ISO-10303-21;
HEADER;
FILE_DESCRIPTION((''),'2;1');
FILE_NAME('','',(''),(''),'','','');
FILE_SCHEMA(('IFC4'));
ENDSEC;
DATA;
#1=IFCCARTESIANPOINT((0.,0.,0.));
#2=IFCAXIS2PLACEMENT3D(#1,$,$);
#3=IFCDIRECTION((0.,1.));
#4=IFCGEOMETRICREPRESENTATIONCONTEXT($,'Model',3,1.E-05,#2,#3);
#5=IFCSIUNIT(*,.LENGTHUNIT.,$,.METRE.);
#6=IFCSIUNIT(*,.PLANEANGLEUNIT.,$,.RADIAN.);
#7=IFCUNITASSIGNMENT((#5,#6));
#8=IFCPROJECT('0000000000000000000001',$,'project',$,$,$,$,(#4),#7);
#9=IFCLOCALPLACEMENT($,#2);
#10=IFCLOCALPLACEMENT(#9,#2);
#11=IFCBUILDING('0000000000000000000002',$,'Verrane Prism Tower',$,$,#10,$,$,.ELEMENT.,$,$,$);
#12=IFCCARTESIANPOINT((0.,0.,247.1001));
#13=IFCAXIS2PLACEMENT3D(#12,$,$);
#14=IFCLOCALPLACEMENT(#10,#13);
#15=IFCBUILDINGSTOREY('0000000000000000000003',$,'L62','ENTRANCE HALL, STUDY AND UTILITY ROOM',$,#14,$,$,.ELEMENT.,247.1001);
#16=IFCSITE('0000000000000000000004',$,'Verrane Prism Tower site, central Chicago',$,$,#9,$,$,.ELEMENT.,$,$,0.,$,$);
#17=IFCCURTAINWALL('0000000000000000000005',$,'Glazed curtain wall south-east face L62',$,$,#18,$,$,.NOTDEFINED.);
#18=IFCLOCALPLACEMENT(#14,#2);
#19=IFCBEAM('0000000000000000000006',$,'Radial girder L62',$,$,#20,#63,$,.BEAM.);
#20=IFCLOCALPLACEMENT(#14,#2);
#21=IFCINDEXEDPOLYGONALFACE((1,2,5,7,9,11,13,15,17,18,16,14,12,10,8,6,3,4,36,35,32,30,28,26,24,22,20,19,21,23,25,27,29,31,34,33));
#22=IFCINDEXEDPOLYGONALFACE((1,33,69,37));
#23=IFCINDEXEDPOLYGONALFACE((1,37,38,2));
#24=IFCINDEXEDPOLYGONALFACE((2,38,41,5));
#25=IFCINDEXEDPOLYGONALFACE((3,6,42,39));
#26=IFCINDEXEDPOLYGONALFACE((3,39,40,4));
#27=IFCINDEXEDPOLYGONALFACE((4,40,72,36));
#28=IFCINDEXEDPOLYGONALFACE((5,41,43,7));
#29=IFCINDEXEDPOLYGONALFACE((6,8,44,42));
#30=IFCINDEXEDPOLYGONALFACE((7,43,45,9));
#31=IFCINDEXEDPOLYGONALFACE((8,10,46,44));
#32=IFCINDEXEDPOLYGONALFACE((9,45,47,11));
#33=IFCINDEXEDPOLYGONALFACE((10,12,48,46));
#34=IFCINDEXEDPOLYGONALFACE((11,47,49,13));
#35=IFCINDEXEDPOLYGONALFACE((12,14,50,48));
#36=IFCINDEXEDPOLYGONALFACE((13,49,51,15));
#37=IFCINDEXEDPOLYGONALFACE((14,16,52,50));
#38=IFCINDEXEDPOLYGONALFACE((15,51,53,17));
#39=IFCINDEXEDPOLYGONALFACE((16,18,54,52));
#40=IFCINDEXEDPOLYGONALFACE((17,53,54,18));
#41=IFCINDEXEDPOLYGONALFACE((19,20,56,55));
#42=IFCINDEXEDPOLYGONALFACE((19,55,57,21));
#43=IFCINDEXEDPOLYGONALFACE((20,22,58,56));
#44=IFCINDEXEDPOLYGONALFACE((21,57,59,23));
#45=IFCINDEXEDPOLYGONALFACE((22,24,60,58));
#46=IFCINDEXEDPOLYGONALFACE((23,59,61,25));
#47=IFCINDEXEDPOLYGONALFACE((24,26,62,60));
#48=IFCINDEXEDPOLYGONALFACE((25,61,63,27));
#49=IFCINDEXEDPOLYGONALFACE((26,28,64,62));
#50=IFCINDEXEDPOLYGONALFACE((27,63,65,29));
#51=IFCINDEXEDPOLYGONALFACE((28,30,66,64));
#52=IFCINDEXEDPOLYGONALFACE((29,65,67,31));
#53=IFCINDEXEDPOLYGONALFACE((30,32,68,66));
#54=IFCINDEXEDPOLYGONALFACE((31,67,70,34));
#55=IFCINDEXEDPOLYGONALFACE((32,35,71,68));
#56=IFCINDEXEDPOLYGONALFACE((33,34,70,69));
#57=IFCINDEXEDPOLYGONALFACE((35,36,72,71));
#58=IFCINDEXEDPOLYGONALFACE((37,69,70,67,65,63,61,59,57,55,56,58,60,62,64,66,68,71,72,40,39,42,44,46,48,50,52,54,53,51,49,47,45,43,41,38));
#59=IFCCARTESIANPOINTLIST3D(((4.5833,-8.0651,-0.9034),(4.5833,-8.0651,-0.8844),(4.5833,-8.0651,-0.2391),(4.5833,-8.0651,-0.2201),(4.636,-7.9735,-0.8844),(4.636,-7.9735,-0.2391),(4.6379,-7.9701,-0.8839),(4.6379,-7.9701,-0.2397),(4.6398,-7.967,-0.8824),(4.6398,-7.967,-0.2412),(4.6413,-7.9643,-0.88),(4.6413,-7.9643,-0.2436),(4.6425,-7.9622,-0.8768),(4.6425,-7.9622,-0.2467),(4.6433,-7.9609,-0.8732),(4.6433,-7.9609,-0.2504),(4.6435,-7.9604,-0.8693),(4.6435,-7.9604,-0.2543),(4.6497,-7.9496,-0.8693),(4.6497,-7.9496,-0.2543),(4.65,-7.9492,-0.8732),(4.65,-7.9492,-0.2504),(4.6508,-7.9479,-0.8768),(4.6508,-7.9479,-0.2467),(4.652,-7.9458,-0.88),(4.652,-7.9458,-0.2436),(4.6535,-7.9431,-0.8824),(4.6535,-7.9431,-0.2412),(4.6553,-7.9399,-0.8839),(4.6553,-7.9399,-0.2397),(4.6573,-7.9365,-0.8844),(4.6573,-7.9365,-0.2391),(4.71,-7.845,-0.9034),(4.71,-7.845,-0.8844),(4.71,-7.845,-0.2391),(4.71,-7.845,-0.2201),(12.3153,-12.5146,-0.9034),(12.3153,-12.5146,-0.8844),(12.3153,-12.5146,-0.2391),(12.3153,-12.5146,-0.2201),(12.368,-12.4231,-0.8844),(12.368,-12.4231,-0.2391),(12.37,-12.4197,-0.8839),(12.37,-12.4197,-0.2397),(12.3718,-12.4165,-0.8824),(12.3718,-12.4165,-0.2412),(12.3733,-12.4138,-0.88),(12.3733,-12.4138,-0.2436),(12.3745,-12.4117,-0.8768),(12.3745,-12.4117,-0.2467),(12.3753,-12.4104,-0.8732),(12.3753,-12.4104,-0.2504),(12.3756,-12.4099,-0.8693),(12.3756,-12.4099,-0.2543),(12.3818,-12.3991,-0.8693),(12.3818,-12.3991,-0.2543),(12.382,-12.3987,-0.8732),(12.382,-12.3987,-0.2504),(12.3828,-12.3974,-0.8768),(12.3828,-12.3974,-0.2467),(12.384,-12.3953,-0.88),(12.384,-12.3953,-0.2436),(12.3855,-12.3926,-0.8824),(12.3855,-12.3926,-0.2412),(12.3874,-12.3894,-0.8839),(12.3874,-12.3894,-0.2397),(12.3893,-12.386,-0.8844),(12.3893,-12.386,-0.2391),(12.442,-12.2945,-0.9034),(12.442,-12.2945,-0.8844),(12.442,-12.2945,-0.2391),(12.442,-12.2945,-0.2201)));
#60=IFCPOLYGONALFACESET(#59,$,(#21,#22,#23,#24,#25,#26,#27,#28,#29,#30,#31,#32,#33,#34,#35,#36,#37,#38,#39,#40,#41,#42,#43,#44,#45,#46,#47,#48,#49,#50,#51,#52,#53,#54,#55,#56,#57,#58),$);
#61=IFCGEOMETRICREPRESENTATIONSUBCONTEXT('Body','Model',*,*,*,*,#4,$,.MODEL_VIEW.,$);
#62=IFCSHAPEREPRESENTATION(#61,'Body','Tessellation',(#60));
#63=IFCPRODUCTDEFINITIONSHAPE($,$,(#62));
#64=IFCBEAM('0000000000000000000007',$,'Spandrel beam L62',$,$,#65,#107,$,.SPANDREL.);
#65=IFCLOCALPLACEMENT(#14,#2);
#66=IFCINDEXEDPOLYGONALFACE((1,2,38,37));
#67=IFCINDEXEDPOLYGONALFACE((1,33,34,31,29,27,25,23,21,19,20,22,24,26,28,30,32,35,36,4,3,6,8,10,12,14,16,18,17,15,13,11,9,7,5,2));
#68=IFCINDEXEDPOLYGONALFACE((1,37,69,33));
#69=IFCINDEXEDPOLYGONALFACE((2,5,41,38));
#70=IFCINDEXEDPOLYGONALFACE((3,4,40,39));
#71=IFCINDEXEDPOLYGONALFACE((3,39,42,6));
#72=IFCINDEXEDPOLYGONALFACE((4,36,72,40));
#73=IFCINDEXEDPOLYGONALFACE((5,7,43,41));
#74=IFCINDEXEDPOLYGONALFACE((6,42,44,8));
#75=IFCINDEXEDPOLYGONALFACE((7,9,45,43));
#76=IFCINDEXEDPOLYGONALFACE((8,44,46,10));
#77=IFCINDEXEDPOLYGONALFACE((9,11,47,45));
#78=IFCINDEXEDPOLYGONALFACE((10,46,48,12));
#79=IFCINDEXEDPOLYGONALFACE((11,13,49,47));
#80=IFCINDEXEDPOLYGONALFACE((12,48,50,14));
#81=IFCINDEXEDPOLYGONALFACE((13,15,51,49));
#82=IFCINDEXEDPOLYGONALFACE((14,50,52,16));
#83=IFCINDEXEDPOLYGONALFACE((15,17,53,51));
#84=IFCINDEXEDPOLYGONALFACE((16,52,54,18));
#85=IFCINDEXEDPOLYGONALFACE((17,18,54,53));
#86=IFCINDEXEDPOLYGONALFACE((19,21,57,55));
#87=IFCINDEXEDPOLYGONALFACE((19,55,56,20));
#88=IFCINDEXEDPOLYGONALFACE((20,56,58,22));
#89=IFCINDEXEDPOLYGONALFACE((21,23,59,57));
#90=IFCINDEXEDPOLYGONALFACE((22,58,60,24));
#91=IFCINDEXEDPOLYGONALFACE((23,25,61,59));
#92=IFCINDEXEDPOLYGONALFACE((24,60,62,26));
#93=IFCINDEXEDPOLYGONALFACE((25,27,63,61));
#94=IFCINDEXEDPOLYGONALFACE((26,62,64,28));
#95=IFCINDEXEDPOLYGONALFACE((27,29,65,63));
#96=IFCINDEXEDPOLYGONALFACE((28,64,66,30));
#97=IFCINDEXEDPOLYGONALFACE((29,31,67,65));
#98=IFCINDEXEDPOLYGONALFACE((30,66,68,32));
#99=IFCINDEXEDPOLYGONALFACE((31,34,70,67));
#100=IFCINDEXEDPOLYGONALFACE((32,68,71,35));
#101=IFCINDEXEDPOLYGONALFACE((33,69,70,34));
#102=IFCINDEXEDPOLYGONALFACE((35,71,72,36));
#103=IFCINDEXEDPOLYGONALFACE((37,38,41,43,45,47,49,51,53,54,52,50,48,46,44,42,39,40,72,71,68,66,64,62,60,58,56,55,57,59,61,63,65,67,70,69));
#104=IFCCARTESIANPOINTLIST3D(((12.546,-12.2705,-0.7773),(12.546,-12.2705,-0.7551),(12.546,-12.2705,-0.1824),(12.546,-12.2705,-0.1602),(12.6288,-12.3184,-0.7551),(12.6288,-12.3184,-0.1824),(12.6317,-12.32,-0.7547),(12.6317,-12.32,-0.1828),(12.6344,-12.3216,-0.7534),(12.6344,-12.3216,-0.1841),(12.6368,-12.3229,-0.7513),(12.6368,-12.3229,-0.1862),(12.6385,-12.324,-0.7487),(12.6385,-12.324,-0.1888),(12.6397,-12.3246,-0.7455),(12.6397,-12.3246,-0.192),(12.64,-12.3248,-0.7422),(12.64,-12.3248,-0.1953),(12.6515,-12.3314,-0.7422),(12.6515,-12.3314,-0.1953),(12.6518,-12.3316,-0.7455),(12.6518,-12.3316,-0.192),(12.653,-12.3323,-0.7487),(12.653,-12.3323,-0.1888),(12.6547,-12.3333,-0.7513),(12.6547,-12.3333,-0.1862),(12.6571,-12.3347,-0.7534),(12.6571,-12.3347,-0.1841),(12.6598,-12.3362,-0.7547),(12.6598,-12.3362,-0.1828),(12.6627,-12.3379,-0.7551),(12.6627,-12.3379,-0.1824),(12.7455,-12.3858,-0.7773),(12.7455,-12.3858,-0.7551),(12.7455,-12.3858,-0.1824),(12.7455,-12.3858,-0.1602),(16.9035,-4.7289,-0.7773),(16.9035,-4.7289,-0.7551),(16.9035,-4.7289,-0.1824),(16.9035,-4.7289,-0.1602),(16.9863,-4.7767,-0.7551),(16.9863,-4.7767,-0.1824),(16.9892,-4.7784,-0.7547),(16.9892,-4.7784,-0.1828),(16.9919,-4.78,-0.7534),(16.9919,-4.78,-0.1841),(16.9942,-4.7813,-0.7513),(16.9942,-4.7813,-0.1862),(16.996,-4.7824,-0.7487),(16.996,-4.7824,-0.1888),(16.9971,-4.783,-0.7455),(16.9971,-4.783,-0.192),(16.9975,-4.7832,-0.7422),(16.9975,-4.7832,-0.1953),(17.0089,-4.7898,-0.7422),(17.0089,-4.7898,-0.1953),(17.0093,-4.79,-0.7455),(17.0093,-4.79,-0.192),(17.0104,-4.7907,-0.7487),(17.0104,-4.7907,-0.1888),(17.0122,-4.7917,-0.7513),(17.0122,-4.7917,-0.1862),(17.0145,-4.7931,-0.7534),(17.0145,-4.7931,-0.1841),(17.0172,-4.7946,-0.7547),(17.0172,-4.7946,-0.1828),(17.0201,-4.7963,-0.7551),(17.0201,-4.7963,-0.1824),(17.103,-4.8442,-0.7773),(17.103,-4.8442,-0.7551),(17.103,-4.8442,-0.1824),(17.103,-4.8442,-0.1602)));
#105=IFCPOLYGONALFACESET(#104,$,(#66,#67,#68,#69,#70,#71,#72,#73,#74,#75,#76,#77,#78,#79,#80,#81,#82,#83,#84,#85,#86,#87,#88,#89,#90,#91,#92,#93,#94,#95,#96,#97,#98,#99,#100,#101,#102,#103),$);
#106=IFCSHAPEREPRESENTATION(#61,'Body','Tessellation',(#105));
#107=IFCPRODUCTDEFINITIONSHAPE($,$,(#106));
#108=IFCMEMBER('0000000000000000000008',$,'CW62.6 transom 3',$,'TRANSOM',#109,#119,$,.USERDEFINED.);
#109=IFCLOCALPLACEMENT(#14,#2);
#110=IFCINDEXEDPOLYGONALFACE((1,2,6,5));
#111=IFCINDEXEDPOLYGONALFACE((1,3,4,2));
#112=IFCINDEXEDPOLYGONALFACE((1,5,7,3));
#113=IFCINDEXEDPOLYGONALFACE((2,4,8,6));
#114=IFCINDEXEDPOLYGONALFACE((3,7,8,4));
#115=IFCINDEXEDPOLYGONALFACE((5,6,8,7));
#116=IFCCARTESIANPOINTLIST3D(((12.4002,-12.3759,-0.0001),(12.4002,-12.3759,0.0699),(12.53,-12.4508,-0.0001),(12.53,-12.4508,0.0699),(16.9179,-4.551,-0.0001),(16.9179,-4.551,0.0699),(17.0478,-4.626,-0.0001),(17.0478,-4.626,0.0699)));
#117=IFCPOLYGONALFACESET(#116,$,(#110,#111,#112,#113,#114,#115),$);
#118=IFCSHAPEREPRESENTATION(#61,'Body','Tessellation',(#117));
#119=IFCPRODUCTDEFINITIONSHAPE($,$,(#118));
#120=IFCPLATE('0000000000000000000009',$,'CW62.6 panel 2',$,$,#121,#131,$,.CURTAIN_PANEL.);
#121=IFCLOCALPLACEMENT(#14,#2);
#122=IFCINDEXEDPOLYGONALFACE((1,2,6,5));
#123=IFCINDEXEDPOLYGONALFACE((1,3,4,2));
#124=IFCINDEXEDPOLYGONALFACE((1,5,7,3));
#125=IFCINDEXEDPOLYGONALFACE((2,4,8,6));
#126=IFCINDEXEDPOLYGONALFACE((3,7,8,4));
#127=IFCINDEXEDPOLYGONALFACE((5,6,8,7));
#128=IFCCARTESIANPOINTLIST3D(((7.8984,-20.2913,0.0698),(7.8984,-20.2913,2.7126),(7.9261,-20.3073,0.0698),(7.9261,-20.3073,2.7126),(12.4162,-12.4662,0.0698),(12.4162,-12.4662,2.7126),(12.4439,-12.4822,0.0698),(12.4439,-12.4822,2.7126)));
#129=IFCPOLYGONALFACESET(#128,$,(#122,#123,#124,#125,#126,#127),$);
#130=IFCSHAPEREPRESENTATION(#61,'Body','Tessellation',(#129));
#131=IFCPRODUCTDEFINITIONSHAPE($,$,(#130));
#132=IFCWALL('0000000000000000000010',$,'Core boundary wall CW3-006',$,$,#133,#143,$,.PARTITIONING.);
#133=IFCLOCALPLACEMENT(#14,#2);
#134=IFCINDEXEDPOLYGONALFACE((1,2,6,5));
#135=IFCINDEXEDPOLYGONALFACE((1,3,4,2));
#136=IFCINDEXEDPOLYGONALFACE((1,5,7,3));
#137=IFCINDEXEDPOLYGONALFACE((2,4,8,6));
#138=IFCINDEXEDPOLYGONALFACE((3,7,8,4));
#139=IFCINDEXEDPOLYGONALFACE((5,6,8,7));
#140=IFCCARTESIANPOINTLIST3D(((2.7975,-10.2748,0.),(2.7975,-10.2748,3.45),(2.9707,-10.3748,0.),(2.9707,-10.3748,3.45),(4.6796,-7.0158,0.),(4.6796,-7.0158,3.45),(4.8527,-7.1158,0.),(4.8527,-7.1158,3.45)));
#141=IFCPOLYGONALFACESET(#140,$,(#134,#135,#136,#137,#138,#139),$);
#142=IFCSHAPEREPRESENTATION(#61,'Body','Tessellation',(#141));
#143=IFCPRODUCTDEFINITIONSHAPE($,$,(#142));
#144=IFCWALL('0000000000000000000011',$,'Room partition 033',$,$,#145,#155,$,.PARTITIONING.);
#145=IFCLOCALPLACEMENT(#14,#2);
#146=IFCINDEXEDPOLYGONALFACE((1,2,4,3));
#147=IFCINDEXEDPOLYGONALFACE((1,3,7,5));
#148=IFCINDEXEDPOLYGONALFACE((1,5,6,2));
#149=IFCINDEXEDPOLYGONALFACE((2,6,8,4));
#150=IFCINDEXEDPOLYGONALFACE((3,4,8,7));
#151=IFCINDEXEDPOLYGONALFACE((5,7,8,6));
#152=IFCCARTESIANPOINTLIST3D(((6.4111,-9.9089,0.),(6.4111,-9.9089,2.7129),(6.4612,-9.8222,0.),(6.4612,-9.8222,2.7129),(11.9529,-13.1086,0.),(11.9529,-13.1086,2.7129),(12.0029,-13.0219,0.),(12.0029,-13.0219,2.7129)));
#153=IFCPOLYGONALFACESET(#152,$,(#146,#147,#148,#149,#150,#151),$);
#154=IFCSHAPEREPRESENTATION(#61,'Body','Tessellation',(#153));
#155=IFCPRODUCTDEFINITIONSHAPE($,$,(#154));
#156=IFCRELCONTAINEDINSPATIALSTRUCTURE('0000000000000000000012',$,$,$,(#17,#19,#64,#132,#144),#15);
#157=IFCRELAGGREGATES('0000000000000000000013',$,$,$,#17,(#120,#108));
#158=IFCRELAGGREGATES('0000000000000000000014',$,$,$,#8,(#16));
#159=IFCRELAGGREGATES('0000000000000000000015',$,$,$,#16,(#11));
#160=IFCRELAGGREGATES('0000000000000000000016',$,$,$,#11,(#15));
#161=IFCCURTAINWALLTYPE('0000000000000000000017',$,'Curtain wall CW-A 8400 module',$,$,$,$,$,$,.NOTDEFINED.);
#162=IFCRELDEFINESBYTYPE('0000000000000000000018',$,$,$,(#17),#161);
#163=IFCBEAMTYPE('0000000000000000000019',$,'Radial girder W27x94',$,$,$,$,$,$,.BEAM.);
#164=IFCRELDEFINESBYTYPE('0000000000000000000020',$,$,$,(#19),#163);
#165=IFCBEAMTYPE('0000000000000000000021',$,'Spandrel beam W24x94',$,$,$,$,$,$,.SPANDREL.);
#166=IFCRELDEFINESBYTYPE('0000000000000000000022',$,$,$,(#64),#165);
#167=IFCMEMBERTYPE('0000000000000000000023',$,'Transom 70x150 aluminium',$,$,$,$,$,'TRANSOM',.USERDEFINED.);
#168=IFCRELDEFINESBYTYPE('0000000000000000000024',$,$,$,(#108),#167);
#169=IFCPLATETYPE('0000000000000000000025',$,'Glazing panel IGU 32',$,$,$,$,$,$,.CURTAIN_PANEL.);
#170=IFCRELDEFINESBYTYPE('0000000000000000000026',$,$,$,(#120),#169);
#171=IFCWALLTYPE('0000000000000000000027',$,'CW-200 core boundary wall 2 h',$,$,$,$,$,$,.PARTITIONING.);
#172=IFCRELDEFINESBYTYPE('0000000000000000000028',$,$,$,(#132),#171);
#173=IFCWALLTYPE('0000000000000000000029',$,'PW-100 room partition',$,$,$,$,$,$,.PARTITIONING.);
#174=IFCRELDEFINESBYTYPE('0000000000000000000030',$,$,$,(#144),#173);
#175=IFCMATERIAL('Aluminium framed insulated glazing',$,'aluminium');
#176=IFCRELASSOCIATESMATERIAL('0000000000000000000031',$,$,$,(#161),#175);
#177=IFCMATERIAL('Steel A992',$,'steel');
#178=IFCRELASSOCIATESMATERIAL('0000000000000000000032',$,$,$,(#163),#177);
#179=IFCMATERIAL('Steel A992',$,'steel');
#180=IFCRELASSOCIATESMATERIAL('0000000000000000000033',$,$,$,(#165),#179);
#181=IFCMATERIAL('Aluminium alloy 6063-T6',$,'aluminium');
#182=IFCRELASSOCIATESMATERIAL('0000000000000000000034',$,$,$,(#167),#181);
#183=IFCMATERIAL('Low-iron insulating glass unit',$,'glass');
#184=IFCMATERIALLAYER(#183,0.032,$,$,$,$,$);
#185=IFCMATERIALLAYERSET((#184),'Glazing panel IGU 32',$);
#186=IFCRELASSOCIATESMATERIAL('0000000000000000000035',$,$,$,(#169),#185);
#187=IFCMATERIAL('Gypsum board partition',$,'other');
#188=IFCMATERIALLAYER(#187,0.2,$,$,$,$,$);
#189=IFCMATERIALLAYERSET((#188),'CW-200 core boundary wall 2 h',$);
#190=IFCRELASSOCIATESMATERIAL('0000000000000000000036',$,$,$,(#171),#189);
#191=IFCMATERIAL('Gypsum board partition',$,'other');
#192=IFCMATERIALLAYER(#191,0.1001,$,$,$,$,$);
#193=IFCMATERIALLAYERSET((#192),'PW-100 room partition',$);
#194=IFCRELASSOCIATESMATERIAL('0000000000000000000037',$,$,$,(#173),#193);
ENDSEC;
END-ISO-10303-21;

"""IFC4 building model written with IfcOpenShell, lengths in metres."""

from ifc_helpers import new_model, si_unit, direction, frame, frame_2d, origin, origin_2d, place, context, subcontext, project, spatial, rectangle, i_section, extrude, material, layer, layer_set, material_profile, profile_set, type_object, element, aggregate, save


model = new_model("IFC4")

# Units and contexts
model_context = context("Model", 3, precision=1e-05, world=origin(), true_north=direction((0.0, 1.0)))
body_context = subcontext(model_context, "Body", "Model", "MODEL_VIEW")
ifc_project = project(units=[si_unit("LENGTHUNIT", "METRE"), si_unit("PLANEANGLEUNIT", "RADIAN")], contexts=[model_context])

# Site, building, storey
site_placement = place(None, origin())
site = spatial("IfcSite", under=ifc_project, at=site_placement, Name="Verrane Prism Tower site, central Chicago", CompositionType="ELEMENT", RefElevation=0.0)
building_placement = place(site_placement, origin())
building = spatial("IfcBuilding", under=site, at=building_placement, Name="Verrane Prism Tower", CompositionType="ELEMENT")
storey_placement = place(building_placement, frame((0.0, 0.0, 247.1001)))
storey = spatial("IfcBuildingStorey", under=building, at=storey_placement, Name="L62", Description="ENTRANCE HALL, STUDY AND UTILITY ROOM", CompositionType="ELEMENT", Elevation=247.1001)

# Curtain wall
ifc_material_1 = material(Name="Aluminium framed insulated glazing", Category="aluminium")
curtain_wall_type = type_object("IfcCurtainWallType", Name="Curtain wall CW-A 8400 module", PredefinedType="NOTDEFINED", material=ifc_material_1)
curtain_wall_placement = place(storey_placement, origin())
curtain_wall = element("IfcCurtainWall", 1, at=curtain_wall_placement, inside=storey, type_object=curtain_wall_type, Name="Glazed curtain wall south-east face L62", PredefinedType="NOTDEFINED")

# Beams
ifc_material_2 = material(Name="Steel A992", Category="steel")
ifc_material_profile_1 = material_profile(ifc_material_2, i_section(OverallWidth=0.2539, OverallDepth=0.6833, WebThickness=0.0125, FlangeThickness=0.019, FilletRadius=0.0151, at=origin_2d()), Name="W27x94")
ifc_profile_set_1 = profile_set([ifc_material_profile_1], Name="Steel A992")
beam_type_1 = type_object("IfcBeamType", Name="Radial girder W27x94", PredefinedType="BEAM", material=ifc_profile_set_1)
beam_1_placement = place(storey_placement, frame((12.3787, -12.4045, -0.5618), z_axis=(-0.866732, 0.498774, 0.0), x_axis=(-0.498774, -0.866732, 0.0)))
element("IfcBeam", 2, at=beam_1_placement, inside=storey, type_object=beam_type_1, Name="Radial girder L62", PredefinedType="BEAM", context=body_context, shape_type="SweptSolid", body=[
    extrude(i_section(OverallWidth=0.2539, OverallDepth=0.6833, WebThickness=0.0125, FlangeThickness=0.019, FilletRadius=0.0151, at=origin_2d()), origin(), (0.0, 0.0, 1.0), 8.9209),
])
ifc_material_3 = material(Name="Steel A992", Category="steel")
ifc_material_profile_2 = material_profile(ifc_material_3, i_section(OverallWidth=0.2305, OverallDepth=0.6172, WebThickness=0.0132, FlangeThickness=0.0222, FilletRadius=0.0129, at=origin_2d()), Name="W24x94")
ifc_profile_set_2 = profile_set([ifc_material_profile_2], Name="Steel A992")
beam_type_2 = type_object("IfcBeamType", Name="Spandrel beam W24x94", PredefinedType="SPANDREL", material=ifc_profile_set_2)
beam_2_placement = place(storey_placement, frame((12.6458, -12.3281, -0.4688), z_axis=(0.500287, 0.86586, 0.0), x_axis=(-0.86586, 0.500287, 0.0)))
element("IfcBeam", 3, at=beam_2_placement, inside=storey, type_object=beam_type_2, Name="Spandrel beam L62", PredefinedType="SPANDREL", context=body_context, shape_type="SweptSolid", body=[
    extrude(i_section(OverallWidth=0.2305, OverallDepth=0.6172, WebThickness=0.0132, FlangeThickness=0.0222, FilletRadius=0.0129, at=origin_2d()), origin(), (0.0, 0.0, 1.0), 8.71),
])

# Member
ifc_material_4 = material(Name="Aluminium alloy 6063-T6", Category="aluminium")
ifc_material_profile_3 = material_profile(ifc_material_4, rectangle(XDim=0.1499, YDim=0.0701, at=origin_2d()), Name="Transom 70x150 aluminium")
ifc_profile_set_3 = profile_set([ifc_material_profile_3], Name="Aluminium alloy 6063-T6")
member_type_1 = type_object("IfcMemberType", Name="Transom 70x150 aluminium", ElementType="TRANSOM", PredefinedType="USERDEFINED", material=ifc_profile_set_3)
member_1_placement = place(storey_placement, frame((12.4651, -12.4133, 0.0349), z_axis=(0.500007, 0.866021, 0.0), x_axis=(-0.866021, 0.500007, 0.0)))
member_1 = element("IfcMember", 4, at=member_1_placement, type_object=member_type_1, Name="CW62.6 transom 3", ObjectType="TRANSOM", PredefinedType="USERDEFINED", context=body_context, shape_type="SweptSolid", body=[
    extrude(rectangle(XDim=0.1499, YDim=0.0701, at=origin_2d()), origin(), (0.0, 0.0, 1.0), 9.0354),
])

# Plate
ifc_material_5 = material(Name="Low-iron insulating glass unit", Category="glass")
ifc_layer_1 = layer(ifc_material_5, 0.032)
ifc_layer_set_1 = layer_set([ifc_layer_1], Name="Glazing panel IGU 32")
plate_type = type_object("IfcPlateType", Name="Glazing panel IGU 32", PredefinedType="CURTAIN_PANEL", material=ifc_layer_set_1)
plate_placement = place(storey_placement, frame((10.1711, -16.3867, 0.0698), z_axis=(0.0, 0.0, 1.0), x_axis=(0.5, 0.866026, 0.0)))
plate = element("IfcPlate", 5, at=plate_placement, type_object=plate_type, Name="CW62.6 panel 2", PredefinedType="CURTAIN_PANEL", context=body_context, shape_type="SweptSolid", body=[
    extrude(rectangle(XDim=9.0356, YDim=0.032, at=origin_2d()), origin(), (0.0, 0.0, 1.0), 2.6428),
])
aggregate(curtain_wall, [plate, member_1])

# Walls
ifc_material_6 = material(Name="Gypsum board partition", Category="other")
ifc_layer_2 = layer(ifc_material_6, 0.2)
ifc_layer_set_2 = layer_set([ifc_layer_2], Name="CW-200 core boundary wall 2 h")
wall_type_1 = type_object("IfcWallType", Name="CW-200 core boundary wall 2 h", PredefinedType="PARTITIONING", material=ifc_layer_set_2)
wall_1_placement = place(storey_placement, frame((2.884, -10.325, 0.0), z_axis=(0.0, 0.0, 1.0), x_axis=(0.500095, 0.865971, 0.0)))
element("IfcWall", 6, at=wall_1_placement, inside=storey, type_object=wall_type_1, Name="Core boundary wall CW3-006", PredefinedType="PARTITIONING", context=body_context, shape_type="SweptSolid", body=[
    extrude(rectangle(XDim=3.7634, YDim=0.2, at=frame_2d((1.8818, 0.0))), origin(), (0.0, 0.0, 1.0), 3.45),
])
ifc_material_7 = material(Name="Gypsum board partition", Category="other")
ifc_layer_3 = layer(ifc_material_7, 0.1001)
ifc_layer_set_3 = layer_set([ifc_layer_3], Name="PW-100 room partition")
wall_type_2 = type_object("IfcWallType", Name="PW-100 room partition", PredefinedType="PARTITIONING", material=ifc_layer_set_3)
wall_2_placement = place(storey_placement, frame((6.436, -9.8655, 0.0), z_axis=(0.0, 0.0, 1.0), x_axis=(0.866013, -0.500021, 0.0)))
element("IfcWall", 7, at=wall_2_placement, inside=storey, type_object=wall_type_2, Name="Room partition 033", PredefinedType="PARTITIONING", context=body_context, shape_type="SweptSolid", body=[
    extrude(rectangle(XDim=6.3992, YDim=0.1001, at=frame_2d((3.1997, 0.0))), origin(), (0.0, 0.0, 1.0), 2.7129),
])

save(model, "model.ifc")
